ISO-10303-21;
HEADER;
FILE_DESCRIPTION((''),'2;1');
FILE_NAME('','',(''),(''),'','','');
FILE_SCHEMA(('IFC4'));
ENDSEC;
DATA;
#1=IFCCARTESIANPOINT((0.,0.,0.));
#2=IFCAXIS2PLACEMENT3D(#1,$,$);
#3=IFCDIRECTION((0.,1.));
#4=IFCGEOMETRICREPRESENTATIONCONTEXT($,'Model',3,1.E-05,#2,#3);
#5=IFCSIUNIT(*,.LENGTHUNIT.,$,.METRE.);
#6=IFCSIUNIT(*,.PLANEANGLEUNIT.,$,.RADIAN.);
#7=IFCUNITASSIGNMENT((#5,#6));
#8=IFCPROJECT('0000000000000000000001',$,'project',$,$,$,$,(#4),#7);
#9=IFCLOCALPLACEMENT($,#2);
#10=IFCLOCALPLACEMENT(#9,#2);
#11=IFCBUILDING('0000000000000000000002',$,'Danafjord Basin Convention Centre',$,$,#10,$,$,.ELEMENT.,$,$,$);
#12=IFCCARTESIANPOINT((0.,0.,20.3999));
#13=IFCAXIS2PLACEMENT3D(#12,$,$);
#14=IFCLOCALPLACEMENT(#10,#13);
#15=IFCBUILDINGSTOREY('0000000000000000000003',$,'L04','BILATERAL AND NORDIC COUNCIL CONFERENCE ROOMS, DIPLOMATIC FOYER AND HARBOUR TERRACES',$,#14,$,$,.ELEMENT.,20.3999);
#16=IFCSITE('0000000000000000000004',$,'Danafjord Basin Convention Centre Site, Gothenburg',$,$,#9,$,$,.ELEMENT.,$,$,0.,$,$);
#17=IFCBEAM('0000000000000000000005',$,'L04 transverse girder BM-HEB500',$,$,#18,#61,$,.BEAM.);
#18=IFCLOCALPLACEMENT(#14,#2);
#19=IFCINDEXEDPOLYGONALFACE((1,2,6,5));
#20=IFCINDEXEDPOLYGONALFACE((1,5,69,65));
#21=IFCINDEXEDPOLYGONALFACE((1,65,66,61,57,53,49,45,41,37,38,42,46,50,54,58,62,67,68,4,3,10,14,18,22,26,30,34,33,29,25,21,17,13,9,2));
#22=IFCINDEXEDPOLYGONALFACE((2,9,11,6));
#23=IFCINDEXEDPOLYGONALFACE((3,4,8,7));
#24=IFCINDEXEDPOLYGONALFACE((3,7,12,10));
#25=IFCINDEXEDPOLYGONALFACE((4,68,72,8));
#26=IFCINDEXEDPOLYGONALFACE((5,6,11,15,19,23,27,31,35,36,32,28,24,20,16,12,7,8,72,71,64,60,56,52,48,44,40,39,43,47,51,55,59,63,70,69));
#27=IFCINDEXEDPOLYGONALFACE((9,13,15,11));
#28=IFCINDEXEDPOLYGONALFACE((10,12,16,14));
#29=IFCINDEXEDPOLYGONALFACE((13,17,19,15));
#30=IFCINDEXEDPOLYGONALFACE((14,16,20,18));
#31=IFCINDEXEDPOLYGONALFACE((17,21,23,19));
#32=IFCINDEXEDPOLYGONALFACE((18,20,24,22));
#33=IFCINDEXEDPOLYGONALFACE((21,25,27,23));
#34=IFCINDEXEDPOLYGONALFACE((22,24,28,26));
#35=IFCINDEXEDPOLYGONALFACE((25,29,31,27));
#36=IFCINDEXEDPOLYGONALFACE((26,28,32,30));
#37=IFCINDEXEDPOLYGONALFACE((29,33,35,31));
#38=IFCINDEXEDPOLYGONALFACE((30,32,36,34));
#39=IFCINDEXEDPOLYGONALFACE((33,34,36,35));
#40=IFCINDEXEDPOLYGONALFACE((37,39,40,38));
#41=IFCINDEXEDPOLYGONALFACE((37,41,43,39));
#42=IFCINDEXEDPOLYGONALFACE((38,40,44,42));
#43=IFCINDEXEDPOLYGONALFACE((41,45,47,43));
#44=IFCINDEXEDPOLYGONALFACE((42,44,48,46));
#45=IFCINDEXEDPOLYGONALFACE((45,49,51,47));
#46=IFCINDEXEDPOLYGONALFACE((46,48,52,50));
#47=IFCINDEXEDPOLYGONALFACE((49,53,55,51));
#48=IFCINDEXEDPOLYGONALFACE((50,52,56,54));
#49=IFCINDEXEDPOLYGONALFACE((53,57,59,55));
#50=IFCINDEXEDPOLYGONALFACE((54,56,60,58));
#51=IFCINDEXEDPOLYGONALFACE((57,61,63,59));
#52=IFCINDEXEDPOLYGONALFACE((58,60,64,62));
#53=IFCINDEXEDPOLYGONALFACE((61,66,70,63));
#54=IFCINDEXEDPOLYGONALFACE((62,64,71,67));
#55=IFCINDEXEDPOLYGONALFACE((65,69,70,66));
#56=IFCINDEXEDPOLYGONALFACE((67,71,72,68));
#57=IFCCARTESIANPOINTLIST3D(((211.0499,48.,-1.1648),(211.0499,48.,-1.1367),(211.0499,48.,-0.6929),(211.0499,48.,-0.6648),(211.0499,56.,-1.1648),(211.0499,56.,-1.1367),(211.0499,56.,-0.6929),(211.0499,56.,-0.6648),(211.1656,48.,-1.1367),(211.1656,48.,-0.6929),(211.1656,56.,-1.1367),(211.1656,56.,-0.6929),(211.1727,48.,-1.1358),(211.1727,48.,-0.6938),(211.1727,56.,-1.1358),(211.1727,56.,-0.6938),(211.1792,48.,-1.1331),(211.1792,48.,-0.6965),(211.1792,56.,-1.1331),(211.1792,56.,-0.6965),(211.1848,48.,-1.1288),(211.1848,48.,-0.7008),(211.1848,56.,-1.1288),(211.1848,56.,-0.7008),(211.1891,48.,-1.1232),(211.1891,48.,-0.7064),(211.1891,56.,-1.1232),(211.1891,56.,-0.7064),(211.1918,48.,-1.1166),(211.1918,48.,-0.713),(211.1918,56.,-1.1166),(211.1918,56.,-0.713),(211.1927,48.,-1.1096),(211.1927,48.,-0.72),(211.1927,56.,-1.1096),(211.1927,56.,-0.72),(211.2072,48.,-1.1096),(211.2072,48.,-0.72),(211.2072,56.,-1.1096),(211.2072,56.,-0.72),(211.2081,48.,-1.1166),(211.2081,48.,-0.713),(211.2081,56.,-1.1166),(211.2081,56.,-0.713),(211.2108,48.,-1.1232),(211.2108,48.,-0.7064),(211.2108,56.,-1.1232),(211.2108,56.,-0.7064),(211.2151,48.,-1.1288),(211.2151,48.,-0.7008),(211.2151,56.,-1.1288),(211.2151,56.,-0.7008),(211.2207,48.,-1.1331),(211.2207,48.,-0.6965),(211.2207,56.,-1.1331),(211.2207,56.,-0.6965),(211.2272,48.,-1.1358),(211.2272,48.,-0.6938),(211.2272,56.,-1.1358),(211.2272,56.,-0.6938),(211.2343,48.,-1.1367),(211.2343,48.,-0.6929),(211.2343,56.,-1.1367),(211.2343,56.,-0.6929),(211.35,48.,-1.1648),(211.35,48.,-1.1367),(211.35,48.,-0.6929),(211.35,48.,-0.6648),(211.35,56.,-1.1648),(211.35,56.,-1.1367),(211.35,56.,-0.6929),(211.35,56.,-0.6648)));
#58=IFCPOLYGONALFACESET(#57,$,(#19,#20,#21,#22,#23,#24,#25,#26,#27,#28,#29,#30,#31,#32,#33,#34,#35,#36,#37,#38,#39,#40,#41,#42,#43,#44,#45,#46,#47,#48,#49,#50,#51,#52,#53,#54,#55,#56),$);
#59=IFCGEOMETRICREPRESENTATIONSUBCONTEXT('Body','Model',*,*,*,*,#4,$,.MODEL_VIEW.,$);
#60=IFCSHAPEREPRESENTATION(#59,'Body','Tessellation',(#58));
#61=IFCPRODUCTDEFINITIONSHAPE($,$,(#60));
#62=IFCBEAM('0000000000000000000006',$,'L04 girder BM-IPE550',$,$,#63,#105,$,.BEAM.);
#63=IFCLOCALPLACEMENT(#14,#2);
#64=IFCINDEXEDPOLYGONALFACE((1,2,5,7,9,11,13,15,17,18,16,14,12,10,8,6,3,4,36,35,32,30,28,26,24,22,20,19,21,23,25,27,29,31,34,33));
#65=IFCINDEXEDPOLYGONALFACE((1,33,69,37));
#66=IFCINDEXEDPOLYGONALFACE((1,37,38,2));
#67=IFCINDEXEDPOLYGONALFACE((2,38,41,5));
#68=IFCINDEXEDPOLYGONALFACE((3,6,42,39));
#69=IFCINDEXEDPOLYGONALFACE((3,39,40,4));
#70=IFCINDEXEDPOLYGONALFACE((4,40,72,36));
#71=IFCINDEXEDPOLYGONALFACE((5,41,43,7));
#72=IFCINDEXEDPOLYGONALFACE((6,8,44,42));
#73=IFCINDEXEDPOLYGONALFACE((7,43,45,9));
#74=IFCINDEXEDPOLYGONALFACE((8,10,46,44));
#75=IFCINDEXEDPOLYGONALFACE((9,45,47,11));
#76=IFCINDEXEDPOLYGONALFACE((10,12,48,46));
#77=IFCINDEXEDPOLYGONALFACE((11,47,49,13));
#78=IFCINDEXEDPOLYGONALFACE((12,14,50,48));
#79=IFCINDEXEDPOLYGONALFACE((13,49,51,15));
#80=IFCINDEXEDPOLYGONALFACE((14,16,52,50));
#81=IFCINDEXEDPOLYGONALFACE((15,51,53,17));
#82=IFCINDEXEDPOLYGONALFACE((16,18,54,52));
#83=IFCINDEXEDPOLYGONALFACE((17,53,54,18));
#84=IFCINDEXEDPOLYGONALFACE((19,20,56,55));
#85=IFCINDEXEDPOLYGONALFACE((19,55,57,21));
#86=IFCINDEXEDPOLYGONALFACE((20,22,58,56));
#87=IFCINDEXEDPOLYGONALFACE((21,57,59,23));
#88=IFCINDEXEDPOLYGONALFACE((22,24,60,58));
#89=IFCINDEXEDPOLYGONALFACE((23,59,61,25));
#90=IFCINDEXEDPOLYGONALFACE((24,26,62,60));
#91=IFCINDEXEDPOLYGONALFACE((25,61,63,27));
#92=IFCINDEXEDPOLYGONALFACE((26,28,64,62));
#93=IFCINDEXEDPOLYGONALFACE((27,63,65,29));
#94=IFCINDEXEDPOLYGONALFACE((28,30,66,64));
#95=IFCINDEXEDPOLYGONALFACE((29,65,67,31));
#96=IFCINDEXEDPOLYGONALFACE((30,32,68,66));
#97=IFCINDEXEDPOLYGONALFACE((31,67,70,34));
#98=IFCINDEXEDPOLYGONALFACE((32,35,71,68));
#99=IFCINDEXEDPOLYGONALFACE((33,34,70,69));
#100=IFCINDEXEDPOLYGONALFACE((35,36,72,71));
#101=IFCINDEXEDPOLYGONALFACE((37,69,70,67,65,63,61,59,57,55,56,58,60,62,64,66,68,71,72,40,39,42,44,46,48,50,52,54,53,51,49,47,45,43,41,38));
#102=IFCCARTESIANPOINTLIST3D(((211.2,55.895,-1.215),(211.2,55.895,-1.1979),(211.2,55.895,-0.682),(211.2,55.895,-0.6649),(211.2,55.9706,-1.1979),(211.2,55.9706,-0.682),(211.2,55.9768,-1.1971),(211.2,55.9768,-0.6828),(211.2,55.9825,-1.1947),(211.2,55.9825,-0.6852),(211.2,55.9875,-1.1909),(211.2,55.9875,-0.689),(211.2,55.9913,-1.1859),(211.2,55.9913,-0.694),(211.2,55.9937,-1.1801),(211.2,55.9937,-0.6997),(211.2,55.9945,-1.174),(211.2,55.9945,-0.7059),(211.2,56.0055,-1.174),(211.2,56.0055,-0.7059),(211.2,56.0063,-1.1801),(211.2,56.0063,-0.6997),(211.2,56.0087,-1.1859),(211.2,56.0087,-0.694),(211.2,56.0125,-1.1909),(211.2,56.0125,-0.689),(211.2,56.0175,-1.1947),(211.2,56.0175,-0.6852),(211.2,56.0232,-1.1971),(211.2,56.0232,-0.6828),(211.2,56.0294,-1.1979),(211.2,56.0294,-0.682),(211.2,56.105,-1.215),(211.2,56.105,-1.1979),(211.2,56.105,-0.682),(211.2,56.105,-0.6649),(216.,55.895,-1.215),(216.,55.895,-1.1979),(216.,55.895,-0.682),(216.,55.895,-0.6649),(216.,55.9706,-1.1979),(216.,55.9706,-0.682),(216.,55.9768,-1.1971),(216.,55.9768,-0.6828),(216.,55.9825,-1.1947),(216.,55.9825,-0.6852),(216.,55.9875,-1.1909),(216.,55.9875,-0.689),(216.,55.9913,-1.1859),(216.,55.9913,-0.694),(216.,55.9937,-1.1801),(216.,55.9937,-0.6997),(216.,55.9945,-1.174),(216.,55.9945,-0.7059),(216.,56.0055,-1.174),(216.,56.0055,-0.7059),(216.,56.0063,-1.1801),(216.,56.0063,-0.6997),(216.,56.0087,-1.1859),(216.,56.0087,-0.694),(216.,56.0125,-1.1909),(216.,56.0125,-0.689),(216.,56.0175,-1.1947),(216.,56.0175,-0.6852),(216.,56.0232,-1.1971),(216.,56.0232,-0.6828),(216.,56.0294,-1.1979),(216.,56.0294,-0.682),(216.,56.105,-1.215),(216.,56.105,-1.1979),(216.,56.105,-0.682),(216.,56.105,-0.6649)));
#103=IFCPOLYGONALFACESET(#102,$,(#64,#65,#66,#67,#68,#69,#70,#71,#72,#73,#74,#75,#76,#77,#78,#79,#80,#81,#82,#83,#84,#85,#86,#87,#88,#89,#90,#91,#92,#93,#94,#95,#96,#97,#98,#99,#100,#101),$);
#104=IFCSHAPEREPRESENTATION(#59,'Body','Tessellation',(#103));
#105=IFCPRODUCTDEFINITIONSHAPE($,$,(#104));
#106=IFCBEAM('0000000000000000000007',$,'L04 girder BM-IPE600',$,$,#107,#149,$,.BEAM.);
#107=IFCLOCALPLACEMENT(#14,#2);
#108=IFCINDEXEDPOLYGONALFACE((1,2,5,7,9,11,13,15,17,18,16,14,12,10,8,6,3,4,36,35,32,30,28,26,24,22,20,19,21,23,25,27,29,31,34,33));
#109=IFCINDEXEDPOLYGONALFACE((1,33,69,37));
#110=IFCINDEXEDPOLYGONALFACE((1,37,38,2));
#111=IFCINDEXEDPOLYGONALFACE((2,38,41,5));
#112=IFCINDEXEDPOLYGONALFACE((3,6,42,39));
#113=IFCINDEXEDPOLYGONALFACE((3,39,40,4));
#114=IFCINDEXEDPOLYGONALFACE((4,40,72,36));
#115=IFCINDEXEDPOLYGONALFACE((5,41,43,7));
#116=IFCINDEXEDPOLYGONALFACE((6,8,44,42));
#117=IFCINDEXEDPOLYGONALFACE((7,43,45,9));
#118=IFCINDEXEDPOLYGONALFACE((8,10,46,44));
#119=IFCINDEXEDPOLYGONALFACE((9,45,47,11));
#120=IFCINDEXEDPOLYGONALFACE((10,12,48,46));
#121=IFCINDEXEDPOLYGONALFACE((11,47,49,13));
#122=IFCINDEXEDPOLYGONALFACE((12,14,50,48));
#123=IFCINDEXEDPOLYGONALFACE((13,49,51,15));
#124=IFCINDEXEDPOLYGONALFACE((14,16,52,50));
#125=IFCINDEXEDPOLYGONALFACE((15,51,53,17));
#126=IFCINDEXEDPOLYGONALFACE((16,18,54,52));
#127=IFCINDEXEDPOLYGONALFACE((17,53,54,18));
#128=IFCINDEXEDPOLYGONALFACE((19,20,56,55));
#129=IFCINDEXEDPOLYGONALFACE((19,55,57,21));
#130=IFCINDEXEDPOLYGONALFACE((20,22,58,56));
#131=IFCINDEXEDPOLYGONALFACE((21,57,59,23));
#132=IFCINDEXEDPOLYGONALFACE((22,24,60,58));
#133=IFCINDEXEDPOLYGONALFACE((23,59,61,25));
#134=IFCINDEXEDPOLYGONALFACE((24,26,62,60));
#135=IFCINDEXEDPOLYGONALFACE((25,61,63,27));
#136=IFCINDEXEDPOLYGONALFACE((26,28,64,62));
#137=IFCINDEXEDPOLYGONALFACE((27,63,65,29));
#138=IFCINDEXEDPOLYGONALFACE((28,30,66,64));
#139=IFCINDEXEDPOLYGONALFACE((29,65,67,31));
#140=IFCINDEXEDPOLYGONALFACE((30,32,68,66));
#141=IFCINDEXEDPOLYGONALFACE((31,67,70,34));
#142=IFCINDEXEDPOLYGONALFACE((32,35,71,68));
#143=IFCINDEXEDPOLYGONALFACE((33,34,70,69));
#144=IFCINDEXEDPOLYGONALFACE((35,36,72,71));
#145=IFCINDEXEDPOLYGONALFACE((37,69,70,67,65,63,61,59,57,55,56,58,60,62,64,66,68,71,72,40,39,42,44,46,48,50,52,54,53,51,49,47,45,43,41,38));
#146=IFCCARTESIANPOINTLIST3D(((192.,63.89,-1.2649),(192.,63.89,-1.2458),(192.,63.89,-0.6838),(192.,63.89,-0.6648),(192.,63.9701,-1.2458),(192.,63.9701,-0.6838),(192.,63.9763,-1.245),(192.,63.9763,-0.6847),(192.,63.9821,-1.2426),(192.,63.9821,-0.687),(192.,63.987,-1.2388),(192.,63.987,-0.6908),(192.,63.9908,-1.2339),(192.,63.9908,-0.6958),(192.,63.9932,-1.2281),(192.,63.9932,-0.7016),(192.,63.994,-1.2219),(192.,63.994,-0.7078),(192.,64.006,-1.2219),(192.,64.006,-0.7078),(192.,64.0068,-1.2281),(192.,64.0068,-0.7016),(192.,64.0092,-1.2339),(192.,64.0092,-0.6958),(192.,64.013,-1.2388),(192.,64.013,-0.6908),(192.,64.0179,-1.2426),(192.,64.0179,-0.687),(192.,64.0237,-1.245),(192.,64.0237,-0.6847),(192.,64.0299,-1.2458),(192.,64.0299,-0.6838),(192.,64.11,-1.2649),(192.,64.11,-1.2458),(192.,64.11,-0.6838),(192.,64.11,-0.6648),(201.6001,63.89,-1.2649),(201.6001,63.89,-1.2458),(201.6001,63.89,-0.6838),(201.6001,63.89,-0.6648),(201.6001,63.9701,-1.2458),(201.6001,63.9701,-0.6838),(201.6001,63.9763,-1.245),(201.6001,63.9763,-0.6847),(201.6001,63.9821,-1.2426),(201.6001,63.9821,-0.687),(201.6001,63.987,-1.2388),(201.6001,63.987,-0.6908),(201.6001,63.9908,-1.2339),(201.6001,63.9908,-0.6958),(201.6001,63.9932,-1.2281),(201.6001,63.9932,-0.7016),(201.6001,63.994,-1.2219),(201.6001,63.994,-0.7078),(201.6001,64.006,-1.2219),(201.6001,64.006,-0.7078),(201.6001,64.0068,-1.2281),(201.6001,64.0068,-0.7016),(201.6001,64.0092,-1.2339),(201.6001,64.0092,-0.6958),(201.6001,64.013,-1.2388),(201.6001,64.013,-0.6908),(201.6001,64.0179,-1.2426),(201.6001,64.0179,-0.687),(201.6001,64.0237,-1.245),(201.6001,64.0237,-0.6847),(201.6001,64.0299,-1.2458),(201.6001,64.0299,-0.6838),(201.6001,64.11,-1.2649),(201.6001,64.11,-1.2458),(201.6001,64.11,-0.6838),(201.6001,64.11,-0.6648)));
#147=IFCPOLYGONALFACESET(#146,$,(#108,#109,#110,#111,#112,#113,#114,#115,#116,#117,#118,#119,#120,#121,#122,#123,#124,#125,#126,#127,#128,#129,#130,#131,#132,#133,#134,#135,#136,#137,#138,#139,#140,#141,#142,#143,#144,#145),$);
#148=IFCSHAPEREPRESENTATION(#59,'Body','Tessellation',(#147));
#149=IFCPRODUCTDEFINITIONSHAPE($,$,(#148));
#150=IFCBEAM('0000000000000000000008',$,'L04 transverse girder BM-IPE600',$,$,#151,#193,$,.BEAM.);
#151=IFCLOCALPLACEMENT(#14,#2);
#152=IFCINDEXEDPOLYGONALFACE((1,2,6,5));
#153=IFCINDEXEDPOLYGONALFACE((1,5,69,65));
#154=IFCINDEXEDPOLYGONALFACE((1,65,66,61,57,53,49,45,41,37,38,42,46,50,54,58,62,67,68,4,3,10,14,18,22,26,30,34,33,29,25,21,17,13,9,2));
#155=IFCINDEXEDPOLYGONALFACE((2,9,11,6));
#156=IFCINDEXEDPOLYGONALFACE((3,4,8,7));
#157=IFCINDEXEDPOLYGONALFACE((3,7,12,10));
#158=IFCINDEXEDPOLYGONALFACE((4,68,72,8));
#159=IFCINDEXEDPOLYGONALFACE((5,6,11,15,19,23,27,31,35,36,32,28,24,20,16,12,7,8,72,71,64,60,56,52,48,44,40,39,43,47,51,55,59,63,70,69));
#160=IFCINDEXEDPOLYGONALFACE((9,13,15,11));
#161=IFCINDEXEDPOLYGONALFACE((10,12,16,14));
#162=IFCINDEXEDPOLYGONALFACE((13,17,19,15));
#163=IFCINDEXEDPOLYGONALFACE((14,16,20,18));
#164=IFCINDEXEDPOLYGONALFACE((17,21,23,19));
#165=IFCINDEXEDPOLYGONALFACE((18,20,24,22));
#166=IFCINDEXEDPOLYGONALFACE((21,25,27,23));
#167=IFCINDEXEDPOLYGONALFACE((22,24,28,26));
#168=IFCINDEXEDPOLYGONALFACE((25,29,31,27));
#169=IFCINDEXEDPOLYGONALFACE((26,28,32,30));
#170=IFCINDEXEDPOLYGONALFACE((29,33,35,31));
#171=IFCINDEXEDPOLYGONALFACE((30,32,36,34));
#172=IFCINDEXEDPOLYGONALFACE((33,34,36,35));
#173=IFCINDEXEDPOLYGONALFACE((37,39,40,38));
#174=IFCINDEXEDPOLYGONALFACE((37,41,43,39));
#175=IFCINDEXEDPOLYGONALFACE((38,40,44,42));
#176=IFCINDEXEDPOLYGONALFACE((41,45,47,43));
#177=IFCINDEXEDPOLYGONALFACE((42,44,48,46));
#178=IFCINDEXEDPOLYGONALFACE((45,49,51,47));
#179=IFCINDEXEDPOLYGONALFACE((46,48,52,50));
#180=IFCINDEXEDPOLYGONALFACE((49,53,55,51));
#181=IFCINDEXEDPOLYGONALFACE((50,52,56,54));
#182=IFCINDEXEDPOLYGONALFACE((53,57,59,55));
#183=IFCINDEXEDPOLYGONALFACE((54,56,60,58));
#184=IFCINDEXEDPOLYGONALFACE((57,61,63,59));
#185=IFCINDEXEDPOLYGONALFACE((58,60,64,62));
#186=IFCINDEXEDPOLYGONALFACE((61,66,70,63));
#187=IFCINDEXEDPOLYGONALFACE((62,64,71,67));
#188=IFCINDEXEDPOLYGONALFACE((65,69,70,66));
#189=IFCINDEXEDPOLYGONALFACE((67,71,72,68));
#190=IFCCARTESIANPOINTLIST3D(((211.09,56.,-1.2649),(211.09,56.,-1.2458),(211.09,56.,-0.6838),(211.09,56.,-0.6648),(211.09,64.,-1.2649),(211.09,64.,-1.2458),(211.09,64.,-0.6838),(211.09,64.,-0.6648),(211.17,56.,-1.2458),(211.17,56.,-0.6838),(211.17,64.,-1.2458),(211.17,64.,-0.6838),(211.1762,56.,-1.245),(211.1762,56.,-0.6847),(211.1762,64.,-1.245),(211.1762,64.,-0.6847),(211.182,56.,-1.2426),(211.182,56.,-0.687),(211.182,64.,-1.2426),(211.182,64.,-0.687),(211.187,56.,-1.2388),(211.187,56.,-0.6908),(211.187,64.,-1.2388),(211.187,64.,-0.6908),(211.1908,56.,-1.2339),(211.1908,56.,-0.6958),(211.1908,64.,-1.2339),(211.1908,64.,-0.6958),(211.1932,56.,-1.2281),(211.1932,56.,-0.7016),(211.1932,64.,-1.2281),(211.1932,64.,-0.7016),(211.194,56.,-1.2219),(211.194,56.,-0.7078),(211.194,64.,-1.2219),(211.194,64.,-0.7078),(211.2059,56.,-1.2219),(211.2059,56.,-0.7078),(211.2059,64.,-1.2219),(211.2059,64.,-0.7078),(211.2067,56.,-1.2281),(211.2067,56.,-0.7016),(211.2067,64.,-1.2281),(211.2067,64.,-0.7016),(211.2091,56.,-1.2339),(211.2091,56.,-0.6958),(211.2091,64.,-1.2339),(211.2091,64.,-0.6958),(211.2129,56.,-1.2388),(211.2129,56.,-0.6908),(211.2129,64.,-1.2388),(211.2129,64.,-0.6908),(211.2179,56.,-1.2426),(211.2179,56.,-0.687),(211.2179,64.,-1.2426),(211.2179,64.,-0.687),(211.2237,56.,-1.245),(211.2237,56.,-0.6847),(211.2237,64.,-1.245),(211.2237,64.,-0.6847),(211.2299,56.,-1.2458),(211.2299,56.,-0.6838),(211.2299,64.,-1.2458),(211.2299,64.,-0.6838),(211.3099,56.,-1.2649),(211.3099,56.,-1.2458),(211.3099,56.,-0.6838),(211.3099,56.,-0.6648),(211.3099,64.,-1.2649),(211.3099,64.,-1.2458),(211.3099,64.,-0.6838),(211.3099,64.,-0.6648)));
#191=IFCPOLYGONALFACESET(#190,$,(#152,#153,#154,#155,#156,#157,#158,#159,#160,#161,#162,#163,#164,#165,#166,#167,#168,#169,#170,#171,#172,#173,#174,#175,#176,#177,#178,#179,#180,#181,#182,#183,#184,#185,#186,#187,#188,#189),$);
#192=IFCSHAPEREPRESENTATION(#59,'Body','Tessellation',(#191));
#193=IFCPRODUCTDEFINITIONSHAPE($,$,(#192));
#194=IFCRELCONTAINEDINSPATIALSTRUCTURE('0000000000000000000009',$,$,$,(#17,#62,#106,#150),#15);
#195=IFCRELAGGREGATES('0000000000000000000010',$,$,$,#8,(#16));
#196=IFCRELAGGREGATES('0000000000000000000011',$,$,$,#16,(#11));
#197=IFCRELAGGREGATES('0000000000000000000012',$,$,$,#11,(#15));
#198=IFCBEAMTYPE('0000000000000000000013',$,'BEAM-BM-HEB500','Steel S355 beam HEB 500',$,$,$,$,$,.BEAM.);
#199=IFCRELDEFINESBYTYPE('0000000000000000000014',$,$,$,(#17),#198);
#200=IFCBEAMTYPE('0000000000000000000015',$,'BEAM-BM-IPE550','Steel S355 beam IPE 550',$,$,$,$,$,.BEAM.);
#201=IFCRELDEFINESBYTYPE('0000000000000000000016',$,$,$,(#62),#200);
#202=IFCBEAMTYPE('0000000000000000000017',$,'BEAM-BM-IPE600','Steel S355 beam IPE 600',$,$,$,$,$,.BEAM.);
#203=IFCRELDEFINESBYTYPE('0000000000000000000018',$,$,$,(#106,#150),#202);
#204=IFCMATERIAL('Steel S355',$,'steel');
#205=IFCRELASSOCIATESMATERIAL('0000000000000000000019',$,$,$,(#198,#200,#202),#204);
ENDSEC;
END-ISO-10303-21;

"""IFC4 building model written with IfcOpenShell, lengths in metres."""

from ifc_helpers import new_model, si_unit, direction, frame, origin, origin_2d, place, context, subcontext, project, spatial, i_section, extrude, material, material_profile, profile_set, type_object, element, save


model = new_model("IFC4")

# Units and contexts
model_context = context("Model", 3, precision=1e-05, world=origin(), true_north=direction((0.0, 1.0)))
body_context = subcontext(model_context, "Body", "Model", "MODEL_VIEW")
ifc_project = project(units=[si_unit("LENGTHUNIT", "METRE"), si_unit("PLANEANGLEUNIT", "RADIAN")], contexts=[model_context])

# Site, building, storey
site_placement = place(None, origin())
site = spatial("IfcSite", under=ifc_project, at=site_placement, Name="Danafjord Basin Convention Centre Site, Gothenburg", CompositionType="ELEMENT", RefElevation=0.0)
building_placement = place(site_placement, origin())
building = spatial("IfcBuilding", under=site, at=building_placement, Name="Danafjord Basin Convention Centre", CompositionType="ELEMENT")
storey_placement = place(building_placement, frame((0.0, 0.0, 20.3999)))
storey = spatial("IfcBuildingStorey", under=building, at=storey_placement, Name="L04", Description="BILATERAL AND NORDIC COUNCIL CONFERENCE ROOMS, DIPLOMATIC FOYER AND HARBOUR TERRACES", CompositionType="ELEMENT", Elevation=20.3999)

# Beams
ifc_material_1 = material(Name="Steel S355", Category="steel")
ifc_material_profile_1 = material_profile(ifc_material_1, i_section(OverallWidth=0.3, OverallDepth=0.5, WebThickness=0.0144, FlangeThickness=0.0281, FilletRadius=0.0271, at=origin_2d()), Name="HEB 500")
ifc_profile_set_1 = profile_set([ifc_material_profile_1], Name="Steel S355")
beam_type_1 = type_object("IfcBeamType", Name="BEAM-BM-HEB500", Description="Steel S355 beam HEB 500", PredefinedType="BEAM", material=ifc_profile_set_1)
beam_1_placement = place(storey_placement, frame((211.2, 48.0, -0.9148), z_axis=(0.0, 1.0, 0.0), x_axis=(-1.0, 0.0, 0.0)))
element("IfcBeam", 1, at=beam_1_placement, inside=storey, type_object=beam_type_1, Name="L04 transverse girder BM-HEB500", PredefinedType="BEAM", context=body_context, shape_type="SweptSolid", body=[
    extrude(i_section(OverallWidth=0.3, OverallDepth=0.5, WebThickness=0.0144, FlangeThickness=0.0281, FilletRadius=0.0271, at=origin_2d()), origin(), (0.0, 0.0, 1.0), 8.0),
])
ifc_material_profile_2 = material_profile(ifc_material_1, i_section(OverallWidth=0.21, OverallDepth=0.55, WebThickness=0.011, FlangeThickness=0.0171, FilletRadius=0.0239, at=origin_2d()), Name="IPE 550")
ifc_profile_set_2 = profile_set([ifc_material_profile_2], Name="Steel S355")
beam_type_2 = type_object("IfcBeamType", Name="BEAM-BM-IPE550", Description="Steel S355 beam IPE 550", PredefinedType="BEAM", material=ifc_profile_set_2)
beam_2_placement = place(storey_placement, frame((211.2, 56.0, -0.9399), z_axis=(1.0, 0.0, 0.0), x_axis=(0.0, 1.0, 0.0)))
element("IfcBeam", 2, at=beam_2_placement, inside=storey, type_object=beam_type_2, Name="L04 girder BM-IPE550", PredefinedType="BEAM", context=body_context, shape_type="SweptSolid", body=[
    extrude(i_section(OverallWidth=0.21, OverallDepth=0.55, WebThickness=0.011, FlangeThickness=0.0171, FilletRadius=0.0239, at=origin_2d()), origin(), (0.0, 0.0, 1.0), 4.8),
])
ifc_material_profile_3 = material_profile(ifc_material_1, i_section(OverallWidth=0.22, OverallDepth=0.6001, WebThickness=0.012, FlangeThickness=0.019, FilletRadius=0.0239, at=origin_2d()), Name="IPE 600")
ifc_profile_set_3 = profile_set([ifc_material_profile_3], Name="Steel S355")
beam_type_3 = type_object("IfcBeamType", Name="BEAM-BM-IPE600", Description="Steel S355 beam IPE 600", PredefinedType="BEAM", material=ifc_profile_set_3)
beam_3_placement = place(storey_placement, frame((192.0, 64.0, -0.9648), z_axis=(1.0, 0.0, 0.0), x_axis=(0.0, 1.0, 0.0)))
element("IfcBeam", 3, at=beam_3_placement, inside=storey, type_object=beam_type_3, Name="L04 girder BM-IPE600", PredefinedType="BEAM", context=body_context, shape_type="SweptSolid", body=[
    extrude(i_section(OverallWidth=0.22, OverallDepth=0.6001, WebThickness=0.012, FlangeThickness=0.019, FilletRadius=0.0239, at=origin_2d()), origin(), (0.0, 0.0, 1.0), 9.6001),
])
beam_4_placement = place(storey_placement, frame((211.2, 56.0, -0.9648), z_axis=(0.0, 1.0, 0.0), x_axis=(-1.0, 0.0, 0.0)))
element("IfcBeam", 4, at=beam_4_placement, inside=storey, type_object=beam_type_3, Name="L04 transverse girder BM-IPE600", PredefinedType="BEAM", context=body_context, shape_type="SweptSolid", body=[
    extrude(i_section(OverallWidth=0.22, OverallDepth=0.6001, WebThickness=0.012, FlangeThickness=0.019, FilletRadius=0.0239, at=origin_2d()), origin(), (0.0, 0.0, 1.0), 8.0),
])

save(model, "model.ifc")
